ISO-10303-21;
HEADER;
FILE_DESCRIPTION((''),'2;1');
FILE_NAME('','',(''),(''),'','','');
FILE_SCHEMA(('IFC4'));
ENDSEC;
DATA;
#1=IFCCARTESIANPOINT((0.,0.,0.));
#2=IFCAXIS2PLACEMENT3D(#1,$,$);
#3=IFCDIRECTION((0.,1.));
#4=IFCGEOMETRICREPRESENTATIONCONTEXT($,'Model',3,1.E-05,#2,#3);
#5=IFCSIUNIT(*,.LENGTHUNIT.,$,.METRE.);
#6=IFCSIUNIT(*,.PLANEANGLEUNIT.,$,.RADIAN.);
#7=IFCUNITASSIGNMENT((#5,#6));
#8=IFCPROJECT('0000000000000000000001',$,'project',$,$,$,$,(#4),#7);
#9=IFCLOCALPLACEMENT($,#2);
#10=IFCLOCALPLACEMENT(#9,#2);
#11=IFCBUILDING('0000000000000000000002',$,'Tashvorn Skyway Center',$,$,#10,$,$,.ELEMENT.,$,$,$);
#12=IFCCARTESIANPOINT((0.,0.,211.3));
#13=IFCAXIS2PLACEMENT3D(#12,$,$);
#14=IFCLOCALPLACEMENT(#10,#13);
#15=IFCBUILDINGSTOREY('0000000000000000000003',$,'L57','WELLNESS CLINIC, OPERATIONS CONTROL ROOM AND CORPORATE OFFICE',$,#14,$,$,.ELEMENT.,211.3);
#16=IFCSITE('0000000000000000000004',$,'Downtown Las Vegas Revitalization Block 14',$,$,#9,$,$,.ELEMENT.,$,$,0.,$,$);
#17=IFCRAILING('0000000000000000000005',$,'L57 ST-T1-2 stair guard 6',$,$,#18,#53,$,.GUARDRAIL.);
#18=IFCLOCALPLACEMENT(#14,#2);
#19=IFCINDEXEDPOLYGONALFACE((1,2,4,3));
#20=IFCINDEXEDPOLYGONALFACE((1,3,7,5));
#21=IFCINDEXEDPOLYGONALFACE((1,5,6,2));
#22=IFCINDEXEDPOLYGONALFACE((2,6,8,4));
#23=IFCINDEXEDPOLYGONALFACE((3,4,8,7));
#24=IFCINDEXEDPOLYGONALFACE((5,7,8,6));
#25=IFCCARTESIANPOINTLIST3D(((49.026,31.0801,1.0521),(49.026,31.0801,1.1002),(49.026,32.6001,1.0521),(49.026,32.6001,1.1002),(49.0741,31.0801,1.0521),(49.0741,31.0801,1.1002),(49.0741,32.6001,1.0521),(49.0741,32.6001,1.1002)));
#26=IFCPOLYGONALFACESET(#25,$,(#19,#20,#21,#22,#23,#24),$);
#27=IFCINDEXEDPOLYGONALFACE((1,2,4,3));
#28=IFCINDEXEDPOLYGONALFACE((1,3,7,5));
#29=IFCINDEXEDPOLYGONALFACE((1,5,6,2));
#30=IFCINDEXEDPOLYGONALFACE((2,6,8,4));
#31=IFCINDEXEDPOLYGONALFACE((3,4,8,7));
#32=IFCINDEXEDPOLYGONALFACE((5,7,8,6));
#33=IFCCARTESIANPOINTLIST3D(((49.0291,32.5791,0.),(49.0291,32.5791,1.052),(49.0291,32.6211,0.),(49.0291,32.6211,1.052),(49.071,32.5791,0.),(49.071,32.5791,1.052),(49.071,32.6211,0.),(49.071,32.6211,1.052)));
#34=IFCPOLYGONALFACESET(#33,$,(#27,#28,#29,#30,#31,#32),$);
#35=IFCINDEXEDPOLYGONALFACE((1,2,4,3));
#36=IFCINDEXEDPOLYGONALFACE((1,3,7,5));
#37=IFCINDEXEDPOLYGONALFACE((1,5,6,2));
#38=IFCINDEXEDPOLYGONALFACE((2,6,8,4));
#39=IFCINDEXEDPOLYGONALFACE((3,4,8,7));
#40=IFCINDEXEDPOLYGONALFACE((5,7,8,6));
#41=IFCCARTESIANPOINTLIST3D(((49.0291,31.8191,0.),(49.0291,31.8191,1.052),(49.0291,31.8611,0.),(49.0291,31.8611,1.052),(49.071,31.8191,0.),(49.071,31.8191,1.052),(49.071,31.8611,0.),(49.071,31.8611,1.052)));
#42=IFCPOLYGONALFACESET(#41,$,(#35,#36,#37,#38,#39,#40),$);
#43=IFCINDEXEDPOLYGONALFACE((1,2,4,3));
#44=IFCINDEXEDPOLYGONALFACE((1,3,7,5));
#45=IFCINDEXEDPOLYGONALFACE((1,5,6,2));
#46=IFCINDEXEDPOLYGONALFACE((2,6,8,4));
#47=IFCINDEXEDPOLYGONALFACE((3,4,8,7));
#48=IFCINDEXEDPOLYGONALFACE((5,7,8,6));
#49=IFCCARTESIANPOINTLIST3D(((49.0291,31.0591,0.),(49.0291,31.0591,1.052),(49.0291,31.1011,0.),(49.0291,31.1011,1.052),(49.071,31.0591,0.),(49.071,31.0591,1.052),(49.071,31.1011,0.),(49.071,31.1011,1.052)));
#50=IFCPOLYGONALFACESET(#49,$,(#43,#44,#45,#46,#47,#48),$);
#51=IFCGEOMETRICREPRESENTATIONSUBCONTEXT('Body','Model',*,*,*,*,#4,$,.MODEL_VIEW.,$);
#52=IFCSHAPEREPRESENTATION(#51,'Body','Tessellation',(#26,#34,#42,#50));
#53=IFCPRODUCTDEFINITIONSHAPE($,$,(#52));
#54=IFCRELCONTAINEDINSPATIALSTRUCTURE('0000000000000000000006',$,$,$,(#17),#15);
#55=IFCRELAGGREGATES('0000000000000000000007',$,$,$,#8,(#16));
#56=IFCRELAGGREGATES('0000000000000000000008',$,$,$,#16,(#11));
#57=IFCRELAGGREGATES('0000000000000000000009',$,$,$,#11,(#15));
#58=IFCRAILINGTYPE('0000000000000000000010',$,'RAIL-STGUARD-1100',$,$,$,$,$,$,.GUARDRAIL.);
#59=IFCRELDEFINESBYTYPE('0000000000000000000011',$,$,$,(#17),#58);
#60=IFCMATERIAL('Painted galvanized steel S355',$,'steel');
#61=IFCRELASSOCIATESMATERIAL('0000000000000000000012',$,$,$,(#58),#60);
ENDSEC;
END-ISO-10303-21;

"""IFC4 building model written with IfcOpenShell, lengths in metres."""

from ifc_helpers import new_model, si_unit, direction, frame, origin, origin_2d, place, context, subcontext, project, spatial, rectangle, extrude, material, type_object, element, save


model = new_model("IFC4")

# Units and contexts
model_context = context("Model", 3, precision=1e-05, world=origin(), true_north=direction((0.0, 1.0)))
body_context = subcontext(model_context, "Body", "Model", "MODEL_VIEW")
ifc_project = project(units=[si_unit("LENGTHUNIT", "METRE"), si_unit("PLANEANGLEUNIT", "RADIAN")], contexts=[model_context])

# Site, building, storey
site_placement = place(None, origin())
site = spatial("IfcSite", under=ifc_project, at=site_placement, Name="Downtown Las Vegas Revitalization Block 14", CompositionType="ELEMENT", RefElevation=0.0)
building_placement = place(site_placement, origin())
building = spatial("IfcBuilding", under=site, at=building_placement, Name="Tashvorn Skyway Center", CompositionType="ELEMENT")
storey_placement = place(building_placement, frame((0.0, 0.0, 211.3)))
storey = spatial("IfcBuildingStorey", under=building, at=storey_placement, Name="L57", Description="WELLNESS CLINIC, OPERATIONS CONTROL ROOM AND CORPORATE OFFICE", CompositionType="ELEMENT", Elevation=211.3)

# Railing
ifc_material_1 = material(Name="Painted galvanized steel S355", Category="steel")
railing_type_1 = type_object("IfcRailingType", Name="RAIL-STGUARD-1100", PredefinedType="GUARDRAIL", material=ifc_material_1)
railing_1_placement = place(storey_placement, frame((49.05, 32.6001, 0.0)))
element("IfcRailing", 1, at=railing_1_placement, inside=storey, type_object=railing_type_1, Name="L57 ST-T1-2 stair guard 6", PredefinedType="GUARDRAIL", context=body_context, shape_type="SweptSolid", body=[
    extrude(rectangle(XDim=0.0481, YDim=0.0481, at=origin_2d()), frame((0.0, 0.0, 1.0762), z_axis=(0.0, -1.0, 0.0), x_axis=(1.0, 0.0, 0.0)), (0.0, 0.0, 1.0), 1.52),
    extrude(rectangle(XDim=0.042, YDim=0.042, at=origin_2d()), origin(), (0.0, 0.0, 1.0), 1.052),
    extrude(rectangle(XDim=0.042, YDim=0.042, at=origin_2d()), frame((0.0, -0.76, 0.0)), (0.0, 0.0, 1.0), 1.052),
    extrude(rectangle(XDim=0.042, YDim=0.042, at=origin_2d()), frame((0.0, -1.52, 0.0)), (0.0, 0.0, 1.0), 1.052),
])

save(model, "model.ifc")
